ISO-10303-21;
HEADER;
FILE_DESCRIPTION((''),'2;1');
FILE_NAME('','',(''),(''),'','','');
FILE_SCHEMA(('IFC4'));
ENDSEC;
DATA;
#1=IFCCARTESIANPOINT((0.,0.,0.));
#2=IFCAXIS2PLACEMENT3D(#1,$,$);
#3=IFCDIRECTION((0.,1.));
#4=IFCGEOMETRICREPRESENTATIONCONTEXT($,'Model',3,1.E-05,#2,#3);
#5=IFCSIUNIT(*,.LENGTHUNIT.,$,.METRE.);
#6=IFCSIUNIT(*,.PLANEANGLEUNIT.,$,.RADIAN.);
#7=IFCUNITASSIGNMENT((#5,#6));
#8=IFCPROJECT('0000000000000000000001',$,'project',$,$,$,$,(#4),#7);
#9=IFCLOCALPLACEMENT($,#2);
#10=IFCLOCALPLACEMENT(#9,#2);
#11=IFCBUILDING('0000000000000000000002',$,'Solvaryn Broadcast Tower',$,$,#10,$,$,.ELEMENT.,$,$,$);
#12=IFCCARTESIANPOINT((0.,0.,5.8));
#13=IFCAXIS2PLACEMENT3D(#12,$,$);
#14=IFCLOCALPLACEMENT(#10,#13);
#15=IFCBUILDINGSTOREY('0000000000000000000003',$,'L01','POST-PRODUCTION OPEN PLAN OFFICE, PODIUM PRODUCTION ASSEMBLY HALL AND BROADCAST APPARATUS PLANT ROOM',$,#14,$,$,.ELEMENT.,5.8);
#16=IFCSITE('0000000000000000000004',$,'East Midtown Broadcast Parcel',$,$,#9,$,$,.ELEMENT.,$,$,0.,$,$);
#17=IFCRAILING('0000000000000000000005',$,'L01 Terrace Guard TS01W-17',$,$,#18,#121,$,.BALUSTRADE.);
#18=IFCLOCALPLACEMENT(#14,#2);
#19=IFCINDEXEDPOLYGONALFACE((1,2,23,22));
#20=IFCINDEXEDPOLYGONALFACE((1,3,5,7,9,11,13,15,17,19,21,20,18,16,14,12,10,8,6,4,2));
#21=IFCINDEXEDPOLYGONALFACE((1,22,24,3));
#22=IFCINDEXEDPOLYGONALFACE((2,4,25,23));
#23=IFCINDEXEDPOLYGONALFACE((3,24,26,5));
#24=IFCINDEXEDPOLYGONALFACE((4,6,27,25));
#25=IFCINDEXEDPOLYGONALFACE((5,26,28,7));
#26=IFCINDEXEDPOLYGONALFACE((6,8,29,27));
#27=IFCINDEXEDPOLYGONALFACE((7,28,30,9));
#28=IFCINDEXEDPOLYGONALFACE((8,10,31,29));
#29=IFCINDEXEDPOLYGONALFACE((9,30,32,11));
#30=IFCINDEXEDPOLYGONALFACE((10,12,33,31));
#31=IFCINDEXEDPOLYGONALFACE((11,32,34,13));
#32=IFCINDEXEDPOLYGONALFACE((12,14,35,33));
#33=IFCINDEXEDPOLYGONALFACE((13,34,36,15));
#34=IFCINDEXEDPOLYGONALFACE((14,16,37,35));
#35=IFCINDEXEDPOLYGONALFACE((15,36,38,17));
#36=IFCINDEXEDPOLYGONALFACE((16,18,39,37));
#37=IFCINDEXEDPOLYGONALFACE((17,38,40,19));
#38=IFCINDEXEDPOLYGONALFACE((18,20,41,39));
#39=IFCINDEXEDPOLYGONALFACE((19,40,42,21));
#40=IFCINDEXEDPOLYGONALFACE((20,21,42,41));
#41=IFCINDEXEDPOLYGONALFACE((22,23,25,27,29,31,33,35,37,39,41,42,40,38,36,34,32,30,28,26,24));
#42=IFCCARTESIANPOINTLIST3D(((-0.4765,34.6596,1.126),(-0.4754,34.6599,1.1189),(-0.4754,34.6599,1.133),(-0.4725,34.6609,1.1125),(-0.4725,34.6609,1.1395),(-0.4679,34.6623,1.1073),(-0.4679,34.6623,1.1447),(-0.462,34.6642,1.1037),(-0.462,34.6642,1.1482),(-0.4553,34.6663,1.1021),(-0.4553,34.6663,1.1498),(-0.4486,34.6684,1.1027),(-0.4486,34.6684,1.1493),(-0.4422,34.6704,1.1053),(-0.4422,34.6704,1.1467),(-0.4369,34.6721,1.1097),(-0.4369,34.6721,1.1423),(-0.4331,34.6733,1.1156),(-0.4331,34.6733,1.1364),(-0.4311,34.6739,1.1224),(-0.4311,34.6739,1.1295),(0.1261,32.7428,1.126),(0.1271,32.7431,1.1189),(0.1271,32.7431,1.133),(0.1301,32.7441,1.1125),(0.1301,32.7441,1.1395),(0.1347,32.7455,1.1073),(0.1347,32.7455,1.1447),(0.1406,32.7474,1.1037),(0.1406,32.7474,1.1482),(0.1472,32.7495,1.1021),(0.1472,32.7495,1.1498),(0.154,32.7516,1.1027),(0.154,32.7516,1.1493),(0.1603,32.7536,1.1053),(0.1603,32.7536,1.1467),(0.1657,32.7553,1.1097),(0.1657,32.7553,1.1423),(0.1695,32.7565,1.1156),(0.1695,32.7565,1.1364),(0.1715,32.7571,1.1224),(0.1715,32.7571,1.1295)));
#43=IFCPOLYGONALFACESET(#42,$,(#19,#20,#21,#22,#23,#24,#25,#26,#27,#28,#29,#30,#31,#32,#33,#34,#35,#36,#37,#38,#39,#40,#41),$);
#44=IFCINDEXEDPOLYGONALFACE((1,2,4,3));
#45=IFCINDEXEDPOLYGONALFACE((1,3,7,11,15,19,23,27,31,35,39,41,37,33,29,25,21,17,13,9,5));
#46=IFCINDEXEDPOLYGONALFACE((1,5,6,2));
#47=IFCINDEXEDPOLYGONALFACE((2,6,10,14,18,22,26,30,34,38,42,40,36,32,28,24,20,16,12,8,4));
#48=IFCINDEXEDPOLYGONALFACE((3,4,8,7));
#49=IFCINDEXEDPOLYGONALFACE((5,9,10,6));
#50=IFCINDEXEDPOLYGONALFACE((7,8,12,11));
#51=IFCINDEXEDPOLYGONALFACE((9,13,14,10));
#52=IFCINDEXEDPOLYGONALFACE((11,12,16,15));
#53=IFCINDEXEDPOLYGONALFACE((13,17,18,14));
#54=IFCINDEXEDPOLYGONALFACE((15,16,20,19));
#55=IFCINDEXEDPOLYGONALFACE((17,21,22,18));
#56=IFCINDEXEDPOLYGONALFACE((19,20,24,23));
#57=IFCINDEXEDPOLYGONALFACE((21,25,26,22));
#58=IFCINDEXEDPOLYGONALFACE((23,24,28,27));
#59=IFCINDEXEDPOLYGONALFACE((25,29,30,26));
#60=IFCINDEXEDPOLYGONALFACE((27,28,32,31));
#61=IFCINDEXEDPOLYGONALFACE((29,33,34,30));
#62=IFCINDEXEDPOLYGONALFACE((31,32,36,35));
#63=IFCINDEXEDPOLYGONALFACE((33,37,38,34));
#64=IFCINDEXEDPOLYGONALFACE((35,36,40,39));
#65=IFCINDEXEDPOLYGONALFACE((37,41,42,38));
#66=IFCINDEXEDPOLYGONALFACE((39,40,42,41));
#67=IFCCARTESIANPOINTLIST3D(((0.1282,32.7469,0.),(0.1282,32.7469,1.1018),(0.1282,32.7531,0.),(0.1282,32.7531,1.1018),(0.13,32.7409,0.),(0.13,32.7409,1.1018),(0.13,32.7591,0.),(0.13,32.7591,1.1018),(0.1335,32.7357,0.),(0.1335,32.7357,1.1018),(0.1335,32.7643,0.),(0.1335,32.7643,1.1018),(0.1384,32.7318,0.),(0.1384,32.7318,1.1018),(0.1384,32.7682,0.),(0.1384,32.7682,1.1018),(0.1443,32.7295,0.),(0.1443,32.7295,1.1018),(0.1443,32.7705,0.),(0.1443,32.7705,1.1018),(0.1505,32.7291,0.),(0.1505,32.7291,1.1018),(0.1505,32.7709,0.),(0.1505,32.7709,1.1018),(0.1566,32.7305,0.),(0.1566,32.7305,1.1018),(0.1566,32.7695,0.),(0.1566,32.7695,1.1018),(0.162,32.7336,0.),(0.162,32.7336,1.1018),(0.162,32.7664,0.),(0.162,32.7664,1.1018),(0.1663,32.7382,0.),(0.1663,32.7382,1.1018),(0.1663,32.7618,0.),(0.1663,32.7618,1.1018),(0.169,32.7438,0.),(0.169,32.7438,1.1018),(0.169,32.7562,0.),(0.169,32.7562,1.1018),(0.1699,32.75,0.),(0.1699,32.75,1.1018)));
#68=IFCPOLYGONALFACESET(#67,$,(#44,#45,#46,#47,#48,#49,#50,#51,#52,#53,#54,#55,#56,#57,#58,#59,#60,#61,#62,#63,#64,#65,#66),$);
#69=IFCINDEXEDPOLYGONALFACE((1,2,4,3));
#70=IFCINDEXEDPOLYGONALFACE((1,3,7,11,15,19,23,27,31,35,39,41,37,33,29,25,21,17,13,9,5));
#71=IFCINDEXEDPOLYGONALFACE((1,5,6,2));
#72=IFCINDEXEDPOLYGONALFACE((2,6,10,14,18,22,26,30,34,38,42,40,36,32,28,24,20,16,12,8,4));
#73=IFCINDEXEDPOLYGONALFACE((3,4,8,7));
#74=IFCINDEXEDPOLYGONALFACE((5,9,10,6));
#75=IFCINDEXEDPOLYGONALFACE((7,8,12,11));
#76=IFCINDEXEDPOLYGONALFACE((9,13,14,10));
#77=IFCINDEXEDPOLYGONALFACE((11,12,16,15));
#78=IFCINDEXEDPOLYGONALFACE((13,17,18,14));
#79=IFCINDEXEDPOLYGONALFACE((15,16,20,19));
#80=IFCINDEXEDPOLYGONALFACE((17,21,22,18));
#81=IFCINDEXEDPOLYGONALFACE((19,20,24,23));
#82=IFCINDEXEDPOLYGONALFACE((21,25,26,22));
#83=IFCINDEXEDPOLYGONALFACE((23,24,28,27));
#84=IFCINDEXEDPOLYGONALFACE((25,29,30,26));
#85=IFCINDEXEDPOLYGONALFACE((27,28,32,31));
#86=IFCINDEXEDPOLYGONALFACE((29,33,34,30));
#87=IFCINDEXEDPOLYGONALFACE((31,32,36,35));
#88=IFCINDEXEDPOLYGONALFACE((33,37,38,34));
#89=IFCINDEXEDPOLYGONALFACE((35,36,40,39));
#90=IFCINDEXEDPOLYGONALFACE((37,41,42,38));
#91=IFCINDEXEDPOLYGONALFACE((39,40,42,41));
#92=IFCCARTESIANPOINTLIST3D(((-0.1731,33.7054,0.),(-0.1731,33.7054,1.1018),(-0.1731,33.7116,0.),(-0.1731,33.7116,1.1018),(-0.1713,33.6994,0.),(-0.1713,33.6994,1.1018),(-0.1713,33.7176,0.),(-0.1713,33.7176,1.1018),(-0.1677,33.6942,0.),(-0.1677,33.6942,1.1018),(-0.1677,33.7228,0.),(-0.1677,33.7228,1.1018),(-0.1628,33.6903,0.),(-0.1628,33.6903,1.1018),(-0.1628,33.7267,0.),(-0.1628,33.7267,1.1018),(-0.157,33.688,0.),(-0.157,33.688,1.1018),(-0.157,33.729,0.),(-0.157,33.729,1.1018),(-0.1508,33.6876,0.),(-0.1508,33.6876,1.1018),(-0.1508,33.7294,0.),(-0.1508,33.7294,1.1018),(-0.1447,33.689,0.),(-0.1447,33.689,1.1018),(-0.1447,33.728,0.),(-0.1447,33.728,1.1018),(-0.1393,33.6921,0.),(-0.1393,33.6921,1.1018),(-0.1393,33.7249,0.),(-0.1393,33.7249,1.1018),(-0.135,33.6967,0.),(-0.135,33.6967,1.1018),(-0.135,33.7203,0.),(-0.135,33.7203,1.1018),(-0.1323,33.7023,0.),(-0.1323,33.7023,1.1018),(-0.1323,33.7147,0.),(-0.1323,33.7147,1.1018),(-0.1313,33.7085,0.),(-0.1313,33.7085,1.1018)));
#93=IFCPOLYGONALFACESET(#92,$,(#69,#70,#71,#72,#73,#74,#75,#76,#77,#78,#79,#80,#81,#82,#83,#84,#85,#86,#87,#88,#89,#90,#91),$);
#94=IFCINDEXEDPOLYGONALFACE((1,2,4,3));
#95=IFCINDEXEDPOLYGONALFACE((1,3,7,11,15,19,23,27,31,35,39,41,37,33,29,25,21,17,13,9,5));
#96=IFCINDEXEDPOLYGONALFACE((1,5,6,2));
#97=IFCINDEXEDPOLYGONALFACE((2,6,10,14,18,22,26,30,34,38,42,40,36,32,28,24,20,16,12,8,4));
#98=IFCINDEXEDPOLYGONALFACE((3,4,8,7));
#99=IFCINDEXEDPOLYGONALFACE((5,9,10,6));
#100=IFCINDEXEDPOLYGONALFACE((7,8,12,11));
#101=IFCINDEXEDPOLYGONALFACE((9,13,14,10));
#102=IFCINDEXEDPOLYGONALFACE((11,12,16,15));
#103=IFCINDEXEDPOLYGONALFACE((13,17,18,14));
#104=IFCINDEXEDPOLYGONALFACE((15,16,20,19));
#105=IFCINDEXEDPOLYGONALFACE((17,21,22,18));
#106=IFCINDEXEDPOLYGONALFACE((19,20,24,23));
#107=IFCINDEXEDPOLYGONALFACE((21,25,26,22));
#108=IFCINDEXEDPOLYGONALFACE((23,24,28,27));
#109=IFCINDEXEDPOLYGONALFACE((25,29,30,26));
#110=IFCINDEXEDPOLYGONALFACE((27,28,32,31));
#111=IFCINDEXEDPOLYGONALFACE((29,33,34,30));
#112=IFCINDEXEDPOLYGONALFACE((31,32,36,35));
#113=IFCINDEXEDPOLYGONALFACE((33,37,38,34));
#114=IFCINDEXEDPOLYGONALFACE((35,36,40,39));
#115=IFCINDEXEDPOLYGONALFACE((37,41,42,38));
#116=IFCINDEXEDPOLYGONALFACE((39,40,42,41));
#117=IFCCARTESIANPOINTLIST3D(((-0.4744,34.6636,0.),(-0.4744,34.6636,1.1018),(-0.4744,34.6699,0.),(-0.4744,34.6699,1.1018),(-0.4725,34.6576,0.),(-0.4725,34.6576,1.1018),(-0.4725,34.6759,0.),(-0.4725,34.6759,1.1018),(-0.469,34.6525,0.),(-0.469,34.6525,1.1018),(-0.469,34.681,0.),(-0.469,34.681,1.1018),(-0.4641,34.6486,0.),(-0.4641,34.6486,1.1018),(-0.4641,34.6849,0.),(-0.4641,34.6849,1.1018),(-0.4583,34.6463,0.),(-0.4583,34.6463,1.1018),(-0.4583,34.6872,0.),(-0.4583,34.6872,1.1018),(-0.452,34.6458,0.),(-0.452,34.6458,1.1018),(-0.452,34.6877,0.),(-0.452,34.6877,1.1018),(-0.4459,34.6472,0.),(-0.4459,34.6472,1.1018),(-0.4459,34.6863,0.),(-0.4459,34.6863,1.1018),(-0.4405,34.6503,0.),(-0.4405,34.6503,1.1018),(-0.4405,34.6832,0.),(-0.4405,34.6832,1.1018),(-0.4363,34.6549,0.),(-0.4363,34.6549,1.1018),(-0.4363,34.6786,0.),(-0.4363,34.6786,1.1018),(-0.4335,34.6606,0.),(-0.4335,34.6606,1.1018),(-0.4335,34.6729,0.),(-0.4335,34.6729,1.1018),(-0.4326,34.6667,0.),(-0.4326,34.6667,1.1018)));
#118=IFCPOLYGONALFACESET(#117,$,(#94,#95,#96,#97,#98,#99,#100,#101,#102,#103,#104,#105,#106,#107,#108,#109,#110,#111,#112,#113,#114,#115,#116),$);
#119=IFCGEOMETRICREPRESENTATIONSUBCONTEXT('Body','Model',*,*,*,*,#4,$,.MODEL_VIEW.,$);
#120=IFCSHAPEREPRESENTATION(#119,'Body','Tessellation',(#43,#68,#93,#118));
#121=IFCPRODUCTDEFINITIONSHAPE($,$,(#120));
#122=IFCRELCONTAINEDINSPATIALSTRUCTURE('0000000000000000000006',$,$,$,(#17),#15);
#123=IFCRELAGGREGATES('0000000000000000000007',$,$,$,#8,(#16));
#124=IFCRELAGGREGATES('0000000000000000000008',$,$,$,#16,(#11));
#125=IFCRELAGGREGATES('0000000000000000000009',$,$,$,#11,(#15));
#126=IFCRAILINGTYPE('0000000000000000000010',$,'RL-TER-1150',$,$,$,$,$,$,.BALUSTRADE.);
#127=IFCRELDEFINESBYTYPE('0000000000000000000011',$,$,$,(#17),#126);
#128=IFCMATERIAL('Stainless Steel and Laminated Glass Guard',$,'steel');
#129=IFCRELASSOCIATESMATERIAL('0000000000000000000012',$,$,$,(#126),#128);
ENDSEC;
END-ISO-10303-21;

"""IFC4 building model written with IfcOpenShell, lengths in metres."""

from ifc_helpers import new_model, si_unit, direction, frame, origin, origin_2d, place, context, subcontext, project, spatial, circle, extrude, material, type_object, element, save


model = new_model("IFC4")

# Units and contexts
model_context = context("Model", 3, precision=1e-05, world=origin(), true_north=direction((0.0, 1.0)))
body_context = subcontext(model_context, "Body", "Model", "MODEL_VIEW")
ifc_project = project(units=[si_unit("LENGTHUNIT", "METRE"), si_unit("PLANEANGLEUNIT", "RADIAN")], contexts=[model_context])

# Site, building, storey
site_placement = place(None, origin())
site = spatial("IfcSite", under=ifc_project, at=site_placement, Name="East Midtown Broadcast Parcel", CompositionType="ELEMENT", RefElevation=0.0)
building_placement = place(site_placement, origin())
building = spatial("IfcBuilding", under=site, at=building_placement, Name="Solvaryn Broadcast Tower", CompositionType="ELEMENT")
storey_placement = place(building_placement, frame((0.0, 0.0, 5.8)))
storey = spatial("IfcBuildingStorey", under=building, at=storey_placement, Name="L01", Description="POST-PRODUCTION OPEN PLAN OFFICE, PODIUM PRODUCTION ASSEMBLY HALL AND BROADCAST APPARATUS PLANT ROOM", CompositionType="ELEMENT", Elevation=5.8)

# Railing
ifc_material_1 = material(Name="Stainless Steel and Laminated Glass Guard", Category="steel")
railing_type_1 = type_object("IfcRailingType", Name="RL-TER-1150", PredefinedType="BALUSTRADE", material=ifc_material_1)
railing_1_placement = place(storey_placement, frame((0.1489, 32.75, 0.0)))
element("IfcRailing", 1, at=railing_1_placement, inside=storey, type_object=railing_type_1, Name="L01 Terrace Guard TS01W-17", PredefinedType="BALUSTRADE", context=body_context, shape_type="SweptSolid", body=[
    extrude(circle(Radius=0.0239, at=origin_2d()), frame((0.0, 0.0, 1.126), z_axis=(-0.299887, 0.953975, 0.0), x_axis=(-0.953975, -0.299887, 0.0)), (0.0, 0.0, 1.0), 2.0093),
    extrude(circle(Radius=0.021, at=origin_2d()), origin(), (0.0, 0.0, 1.0), 1.1018),
    extrude(circle(Radius=0.021, at=origin_2d()), frame((-0.3013, 0.9585, 0.0)), (0.0, 0.0, 1.0), 1.1018),
    extrude(circle(Radius=0.021, at=origin_2d()), frame((-0.6025, 1.9167, 0.0)), (0.0, 0.0, 1.0), 1.1018),
])

save(model, "model.ifc")
